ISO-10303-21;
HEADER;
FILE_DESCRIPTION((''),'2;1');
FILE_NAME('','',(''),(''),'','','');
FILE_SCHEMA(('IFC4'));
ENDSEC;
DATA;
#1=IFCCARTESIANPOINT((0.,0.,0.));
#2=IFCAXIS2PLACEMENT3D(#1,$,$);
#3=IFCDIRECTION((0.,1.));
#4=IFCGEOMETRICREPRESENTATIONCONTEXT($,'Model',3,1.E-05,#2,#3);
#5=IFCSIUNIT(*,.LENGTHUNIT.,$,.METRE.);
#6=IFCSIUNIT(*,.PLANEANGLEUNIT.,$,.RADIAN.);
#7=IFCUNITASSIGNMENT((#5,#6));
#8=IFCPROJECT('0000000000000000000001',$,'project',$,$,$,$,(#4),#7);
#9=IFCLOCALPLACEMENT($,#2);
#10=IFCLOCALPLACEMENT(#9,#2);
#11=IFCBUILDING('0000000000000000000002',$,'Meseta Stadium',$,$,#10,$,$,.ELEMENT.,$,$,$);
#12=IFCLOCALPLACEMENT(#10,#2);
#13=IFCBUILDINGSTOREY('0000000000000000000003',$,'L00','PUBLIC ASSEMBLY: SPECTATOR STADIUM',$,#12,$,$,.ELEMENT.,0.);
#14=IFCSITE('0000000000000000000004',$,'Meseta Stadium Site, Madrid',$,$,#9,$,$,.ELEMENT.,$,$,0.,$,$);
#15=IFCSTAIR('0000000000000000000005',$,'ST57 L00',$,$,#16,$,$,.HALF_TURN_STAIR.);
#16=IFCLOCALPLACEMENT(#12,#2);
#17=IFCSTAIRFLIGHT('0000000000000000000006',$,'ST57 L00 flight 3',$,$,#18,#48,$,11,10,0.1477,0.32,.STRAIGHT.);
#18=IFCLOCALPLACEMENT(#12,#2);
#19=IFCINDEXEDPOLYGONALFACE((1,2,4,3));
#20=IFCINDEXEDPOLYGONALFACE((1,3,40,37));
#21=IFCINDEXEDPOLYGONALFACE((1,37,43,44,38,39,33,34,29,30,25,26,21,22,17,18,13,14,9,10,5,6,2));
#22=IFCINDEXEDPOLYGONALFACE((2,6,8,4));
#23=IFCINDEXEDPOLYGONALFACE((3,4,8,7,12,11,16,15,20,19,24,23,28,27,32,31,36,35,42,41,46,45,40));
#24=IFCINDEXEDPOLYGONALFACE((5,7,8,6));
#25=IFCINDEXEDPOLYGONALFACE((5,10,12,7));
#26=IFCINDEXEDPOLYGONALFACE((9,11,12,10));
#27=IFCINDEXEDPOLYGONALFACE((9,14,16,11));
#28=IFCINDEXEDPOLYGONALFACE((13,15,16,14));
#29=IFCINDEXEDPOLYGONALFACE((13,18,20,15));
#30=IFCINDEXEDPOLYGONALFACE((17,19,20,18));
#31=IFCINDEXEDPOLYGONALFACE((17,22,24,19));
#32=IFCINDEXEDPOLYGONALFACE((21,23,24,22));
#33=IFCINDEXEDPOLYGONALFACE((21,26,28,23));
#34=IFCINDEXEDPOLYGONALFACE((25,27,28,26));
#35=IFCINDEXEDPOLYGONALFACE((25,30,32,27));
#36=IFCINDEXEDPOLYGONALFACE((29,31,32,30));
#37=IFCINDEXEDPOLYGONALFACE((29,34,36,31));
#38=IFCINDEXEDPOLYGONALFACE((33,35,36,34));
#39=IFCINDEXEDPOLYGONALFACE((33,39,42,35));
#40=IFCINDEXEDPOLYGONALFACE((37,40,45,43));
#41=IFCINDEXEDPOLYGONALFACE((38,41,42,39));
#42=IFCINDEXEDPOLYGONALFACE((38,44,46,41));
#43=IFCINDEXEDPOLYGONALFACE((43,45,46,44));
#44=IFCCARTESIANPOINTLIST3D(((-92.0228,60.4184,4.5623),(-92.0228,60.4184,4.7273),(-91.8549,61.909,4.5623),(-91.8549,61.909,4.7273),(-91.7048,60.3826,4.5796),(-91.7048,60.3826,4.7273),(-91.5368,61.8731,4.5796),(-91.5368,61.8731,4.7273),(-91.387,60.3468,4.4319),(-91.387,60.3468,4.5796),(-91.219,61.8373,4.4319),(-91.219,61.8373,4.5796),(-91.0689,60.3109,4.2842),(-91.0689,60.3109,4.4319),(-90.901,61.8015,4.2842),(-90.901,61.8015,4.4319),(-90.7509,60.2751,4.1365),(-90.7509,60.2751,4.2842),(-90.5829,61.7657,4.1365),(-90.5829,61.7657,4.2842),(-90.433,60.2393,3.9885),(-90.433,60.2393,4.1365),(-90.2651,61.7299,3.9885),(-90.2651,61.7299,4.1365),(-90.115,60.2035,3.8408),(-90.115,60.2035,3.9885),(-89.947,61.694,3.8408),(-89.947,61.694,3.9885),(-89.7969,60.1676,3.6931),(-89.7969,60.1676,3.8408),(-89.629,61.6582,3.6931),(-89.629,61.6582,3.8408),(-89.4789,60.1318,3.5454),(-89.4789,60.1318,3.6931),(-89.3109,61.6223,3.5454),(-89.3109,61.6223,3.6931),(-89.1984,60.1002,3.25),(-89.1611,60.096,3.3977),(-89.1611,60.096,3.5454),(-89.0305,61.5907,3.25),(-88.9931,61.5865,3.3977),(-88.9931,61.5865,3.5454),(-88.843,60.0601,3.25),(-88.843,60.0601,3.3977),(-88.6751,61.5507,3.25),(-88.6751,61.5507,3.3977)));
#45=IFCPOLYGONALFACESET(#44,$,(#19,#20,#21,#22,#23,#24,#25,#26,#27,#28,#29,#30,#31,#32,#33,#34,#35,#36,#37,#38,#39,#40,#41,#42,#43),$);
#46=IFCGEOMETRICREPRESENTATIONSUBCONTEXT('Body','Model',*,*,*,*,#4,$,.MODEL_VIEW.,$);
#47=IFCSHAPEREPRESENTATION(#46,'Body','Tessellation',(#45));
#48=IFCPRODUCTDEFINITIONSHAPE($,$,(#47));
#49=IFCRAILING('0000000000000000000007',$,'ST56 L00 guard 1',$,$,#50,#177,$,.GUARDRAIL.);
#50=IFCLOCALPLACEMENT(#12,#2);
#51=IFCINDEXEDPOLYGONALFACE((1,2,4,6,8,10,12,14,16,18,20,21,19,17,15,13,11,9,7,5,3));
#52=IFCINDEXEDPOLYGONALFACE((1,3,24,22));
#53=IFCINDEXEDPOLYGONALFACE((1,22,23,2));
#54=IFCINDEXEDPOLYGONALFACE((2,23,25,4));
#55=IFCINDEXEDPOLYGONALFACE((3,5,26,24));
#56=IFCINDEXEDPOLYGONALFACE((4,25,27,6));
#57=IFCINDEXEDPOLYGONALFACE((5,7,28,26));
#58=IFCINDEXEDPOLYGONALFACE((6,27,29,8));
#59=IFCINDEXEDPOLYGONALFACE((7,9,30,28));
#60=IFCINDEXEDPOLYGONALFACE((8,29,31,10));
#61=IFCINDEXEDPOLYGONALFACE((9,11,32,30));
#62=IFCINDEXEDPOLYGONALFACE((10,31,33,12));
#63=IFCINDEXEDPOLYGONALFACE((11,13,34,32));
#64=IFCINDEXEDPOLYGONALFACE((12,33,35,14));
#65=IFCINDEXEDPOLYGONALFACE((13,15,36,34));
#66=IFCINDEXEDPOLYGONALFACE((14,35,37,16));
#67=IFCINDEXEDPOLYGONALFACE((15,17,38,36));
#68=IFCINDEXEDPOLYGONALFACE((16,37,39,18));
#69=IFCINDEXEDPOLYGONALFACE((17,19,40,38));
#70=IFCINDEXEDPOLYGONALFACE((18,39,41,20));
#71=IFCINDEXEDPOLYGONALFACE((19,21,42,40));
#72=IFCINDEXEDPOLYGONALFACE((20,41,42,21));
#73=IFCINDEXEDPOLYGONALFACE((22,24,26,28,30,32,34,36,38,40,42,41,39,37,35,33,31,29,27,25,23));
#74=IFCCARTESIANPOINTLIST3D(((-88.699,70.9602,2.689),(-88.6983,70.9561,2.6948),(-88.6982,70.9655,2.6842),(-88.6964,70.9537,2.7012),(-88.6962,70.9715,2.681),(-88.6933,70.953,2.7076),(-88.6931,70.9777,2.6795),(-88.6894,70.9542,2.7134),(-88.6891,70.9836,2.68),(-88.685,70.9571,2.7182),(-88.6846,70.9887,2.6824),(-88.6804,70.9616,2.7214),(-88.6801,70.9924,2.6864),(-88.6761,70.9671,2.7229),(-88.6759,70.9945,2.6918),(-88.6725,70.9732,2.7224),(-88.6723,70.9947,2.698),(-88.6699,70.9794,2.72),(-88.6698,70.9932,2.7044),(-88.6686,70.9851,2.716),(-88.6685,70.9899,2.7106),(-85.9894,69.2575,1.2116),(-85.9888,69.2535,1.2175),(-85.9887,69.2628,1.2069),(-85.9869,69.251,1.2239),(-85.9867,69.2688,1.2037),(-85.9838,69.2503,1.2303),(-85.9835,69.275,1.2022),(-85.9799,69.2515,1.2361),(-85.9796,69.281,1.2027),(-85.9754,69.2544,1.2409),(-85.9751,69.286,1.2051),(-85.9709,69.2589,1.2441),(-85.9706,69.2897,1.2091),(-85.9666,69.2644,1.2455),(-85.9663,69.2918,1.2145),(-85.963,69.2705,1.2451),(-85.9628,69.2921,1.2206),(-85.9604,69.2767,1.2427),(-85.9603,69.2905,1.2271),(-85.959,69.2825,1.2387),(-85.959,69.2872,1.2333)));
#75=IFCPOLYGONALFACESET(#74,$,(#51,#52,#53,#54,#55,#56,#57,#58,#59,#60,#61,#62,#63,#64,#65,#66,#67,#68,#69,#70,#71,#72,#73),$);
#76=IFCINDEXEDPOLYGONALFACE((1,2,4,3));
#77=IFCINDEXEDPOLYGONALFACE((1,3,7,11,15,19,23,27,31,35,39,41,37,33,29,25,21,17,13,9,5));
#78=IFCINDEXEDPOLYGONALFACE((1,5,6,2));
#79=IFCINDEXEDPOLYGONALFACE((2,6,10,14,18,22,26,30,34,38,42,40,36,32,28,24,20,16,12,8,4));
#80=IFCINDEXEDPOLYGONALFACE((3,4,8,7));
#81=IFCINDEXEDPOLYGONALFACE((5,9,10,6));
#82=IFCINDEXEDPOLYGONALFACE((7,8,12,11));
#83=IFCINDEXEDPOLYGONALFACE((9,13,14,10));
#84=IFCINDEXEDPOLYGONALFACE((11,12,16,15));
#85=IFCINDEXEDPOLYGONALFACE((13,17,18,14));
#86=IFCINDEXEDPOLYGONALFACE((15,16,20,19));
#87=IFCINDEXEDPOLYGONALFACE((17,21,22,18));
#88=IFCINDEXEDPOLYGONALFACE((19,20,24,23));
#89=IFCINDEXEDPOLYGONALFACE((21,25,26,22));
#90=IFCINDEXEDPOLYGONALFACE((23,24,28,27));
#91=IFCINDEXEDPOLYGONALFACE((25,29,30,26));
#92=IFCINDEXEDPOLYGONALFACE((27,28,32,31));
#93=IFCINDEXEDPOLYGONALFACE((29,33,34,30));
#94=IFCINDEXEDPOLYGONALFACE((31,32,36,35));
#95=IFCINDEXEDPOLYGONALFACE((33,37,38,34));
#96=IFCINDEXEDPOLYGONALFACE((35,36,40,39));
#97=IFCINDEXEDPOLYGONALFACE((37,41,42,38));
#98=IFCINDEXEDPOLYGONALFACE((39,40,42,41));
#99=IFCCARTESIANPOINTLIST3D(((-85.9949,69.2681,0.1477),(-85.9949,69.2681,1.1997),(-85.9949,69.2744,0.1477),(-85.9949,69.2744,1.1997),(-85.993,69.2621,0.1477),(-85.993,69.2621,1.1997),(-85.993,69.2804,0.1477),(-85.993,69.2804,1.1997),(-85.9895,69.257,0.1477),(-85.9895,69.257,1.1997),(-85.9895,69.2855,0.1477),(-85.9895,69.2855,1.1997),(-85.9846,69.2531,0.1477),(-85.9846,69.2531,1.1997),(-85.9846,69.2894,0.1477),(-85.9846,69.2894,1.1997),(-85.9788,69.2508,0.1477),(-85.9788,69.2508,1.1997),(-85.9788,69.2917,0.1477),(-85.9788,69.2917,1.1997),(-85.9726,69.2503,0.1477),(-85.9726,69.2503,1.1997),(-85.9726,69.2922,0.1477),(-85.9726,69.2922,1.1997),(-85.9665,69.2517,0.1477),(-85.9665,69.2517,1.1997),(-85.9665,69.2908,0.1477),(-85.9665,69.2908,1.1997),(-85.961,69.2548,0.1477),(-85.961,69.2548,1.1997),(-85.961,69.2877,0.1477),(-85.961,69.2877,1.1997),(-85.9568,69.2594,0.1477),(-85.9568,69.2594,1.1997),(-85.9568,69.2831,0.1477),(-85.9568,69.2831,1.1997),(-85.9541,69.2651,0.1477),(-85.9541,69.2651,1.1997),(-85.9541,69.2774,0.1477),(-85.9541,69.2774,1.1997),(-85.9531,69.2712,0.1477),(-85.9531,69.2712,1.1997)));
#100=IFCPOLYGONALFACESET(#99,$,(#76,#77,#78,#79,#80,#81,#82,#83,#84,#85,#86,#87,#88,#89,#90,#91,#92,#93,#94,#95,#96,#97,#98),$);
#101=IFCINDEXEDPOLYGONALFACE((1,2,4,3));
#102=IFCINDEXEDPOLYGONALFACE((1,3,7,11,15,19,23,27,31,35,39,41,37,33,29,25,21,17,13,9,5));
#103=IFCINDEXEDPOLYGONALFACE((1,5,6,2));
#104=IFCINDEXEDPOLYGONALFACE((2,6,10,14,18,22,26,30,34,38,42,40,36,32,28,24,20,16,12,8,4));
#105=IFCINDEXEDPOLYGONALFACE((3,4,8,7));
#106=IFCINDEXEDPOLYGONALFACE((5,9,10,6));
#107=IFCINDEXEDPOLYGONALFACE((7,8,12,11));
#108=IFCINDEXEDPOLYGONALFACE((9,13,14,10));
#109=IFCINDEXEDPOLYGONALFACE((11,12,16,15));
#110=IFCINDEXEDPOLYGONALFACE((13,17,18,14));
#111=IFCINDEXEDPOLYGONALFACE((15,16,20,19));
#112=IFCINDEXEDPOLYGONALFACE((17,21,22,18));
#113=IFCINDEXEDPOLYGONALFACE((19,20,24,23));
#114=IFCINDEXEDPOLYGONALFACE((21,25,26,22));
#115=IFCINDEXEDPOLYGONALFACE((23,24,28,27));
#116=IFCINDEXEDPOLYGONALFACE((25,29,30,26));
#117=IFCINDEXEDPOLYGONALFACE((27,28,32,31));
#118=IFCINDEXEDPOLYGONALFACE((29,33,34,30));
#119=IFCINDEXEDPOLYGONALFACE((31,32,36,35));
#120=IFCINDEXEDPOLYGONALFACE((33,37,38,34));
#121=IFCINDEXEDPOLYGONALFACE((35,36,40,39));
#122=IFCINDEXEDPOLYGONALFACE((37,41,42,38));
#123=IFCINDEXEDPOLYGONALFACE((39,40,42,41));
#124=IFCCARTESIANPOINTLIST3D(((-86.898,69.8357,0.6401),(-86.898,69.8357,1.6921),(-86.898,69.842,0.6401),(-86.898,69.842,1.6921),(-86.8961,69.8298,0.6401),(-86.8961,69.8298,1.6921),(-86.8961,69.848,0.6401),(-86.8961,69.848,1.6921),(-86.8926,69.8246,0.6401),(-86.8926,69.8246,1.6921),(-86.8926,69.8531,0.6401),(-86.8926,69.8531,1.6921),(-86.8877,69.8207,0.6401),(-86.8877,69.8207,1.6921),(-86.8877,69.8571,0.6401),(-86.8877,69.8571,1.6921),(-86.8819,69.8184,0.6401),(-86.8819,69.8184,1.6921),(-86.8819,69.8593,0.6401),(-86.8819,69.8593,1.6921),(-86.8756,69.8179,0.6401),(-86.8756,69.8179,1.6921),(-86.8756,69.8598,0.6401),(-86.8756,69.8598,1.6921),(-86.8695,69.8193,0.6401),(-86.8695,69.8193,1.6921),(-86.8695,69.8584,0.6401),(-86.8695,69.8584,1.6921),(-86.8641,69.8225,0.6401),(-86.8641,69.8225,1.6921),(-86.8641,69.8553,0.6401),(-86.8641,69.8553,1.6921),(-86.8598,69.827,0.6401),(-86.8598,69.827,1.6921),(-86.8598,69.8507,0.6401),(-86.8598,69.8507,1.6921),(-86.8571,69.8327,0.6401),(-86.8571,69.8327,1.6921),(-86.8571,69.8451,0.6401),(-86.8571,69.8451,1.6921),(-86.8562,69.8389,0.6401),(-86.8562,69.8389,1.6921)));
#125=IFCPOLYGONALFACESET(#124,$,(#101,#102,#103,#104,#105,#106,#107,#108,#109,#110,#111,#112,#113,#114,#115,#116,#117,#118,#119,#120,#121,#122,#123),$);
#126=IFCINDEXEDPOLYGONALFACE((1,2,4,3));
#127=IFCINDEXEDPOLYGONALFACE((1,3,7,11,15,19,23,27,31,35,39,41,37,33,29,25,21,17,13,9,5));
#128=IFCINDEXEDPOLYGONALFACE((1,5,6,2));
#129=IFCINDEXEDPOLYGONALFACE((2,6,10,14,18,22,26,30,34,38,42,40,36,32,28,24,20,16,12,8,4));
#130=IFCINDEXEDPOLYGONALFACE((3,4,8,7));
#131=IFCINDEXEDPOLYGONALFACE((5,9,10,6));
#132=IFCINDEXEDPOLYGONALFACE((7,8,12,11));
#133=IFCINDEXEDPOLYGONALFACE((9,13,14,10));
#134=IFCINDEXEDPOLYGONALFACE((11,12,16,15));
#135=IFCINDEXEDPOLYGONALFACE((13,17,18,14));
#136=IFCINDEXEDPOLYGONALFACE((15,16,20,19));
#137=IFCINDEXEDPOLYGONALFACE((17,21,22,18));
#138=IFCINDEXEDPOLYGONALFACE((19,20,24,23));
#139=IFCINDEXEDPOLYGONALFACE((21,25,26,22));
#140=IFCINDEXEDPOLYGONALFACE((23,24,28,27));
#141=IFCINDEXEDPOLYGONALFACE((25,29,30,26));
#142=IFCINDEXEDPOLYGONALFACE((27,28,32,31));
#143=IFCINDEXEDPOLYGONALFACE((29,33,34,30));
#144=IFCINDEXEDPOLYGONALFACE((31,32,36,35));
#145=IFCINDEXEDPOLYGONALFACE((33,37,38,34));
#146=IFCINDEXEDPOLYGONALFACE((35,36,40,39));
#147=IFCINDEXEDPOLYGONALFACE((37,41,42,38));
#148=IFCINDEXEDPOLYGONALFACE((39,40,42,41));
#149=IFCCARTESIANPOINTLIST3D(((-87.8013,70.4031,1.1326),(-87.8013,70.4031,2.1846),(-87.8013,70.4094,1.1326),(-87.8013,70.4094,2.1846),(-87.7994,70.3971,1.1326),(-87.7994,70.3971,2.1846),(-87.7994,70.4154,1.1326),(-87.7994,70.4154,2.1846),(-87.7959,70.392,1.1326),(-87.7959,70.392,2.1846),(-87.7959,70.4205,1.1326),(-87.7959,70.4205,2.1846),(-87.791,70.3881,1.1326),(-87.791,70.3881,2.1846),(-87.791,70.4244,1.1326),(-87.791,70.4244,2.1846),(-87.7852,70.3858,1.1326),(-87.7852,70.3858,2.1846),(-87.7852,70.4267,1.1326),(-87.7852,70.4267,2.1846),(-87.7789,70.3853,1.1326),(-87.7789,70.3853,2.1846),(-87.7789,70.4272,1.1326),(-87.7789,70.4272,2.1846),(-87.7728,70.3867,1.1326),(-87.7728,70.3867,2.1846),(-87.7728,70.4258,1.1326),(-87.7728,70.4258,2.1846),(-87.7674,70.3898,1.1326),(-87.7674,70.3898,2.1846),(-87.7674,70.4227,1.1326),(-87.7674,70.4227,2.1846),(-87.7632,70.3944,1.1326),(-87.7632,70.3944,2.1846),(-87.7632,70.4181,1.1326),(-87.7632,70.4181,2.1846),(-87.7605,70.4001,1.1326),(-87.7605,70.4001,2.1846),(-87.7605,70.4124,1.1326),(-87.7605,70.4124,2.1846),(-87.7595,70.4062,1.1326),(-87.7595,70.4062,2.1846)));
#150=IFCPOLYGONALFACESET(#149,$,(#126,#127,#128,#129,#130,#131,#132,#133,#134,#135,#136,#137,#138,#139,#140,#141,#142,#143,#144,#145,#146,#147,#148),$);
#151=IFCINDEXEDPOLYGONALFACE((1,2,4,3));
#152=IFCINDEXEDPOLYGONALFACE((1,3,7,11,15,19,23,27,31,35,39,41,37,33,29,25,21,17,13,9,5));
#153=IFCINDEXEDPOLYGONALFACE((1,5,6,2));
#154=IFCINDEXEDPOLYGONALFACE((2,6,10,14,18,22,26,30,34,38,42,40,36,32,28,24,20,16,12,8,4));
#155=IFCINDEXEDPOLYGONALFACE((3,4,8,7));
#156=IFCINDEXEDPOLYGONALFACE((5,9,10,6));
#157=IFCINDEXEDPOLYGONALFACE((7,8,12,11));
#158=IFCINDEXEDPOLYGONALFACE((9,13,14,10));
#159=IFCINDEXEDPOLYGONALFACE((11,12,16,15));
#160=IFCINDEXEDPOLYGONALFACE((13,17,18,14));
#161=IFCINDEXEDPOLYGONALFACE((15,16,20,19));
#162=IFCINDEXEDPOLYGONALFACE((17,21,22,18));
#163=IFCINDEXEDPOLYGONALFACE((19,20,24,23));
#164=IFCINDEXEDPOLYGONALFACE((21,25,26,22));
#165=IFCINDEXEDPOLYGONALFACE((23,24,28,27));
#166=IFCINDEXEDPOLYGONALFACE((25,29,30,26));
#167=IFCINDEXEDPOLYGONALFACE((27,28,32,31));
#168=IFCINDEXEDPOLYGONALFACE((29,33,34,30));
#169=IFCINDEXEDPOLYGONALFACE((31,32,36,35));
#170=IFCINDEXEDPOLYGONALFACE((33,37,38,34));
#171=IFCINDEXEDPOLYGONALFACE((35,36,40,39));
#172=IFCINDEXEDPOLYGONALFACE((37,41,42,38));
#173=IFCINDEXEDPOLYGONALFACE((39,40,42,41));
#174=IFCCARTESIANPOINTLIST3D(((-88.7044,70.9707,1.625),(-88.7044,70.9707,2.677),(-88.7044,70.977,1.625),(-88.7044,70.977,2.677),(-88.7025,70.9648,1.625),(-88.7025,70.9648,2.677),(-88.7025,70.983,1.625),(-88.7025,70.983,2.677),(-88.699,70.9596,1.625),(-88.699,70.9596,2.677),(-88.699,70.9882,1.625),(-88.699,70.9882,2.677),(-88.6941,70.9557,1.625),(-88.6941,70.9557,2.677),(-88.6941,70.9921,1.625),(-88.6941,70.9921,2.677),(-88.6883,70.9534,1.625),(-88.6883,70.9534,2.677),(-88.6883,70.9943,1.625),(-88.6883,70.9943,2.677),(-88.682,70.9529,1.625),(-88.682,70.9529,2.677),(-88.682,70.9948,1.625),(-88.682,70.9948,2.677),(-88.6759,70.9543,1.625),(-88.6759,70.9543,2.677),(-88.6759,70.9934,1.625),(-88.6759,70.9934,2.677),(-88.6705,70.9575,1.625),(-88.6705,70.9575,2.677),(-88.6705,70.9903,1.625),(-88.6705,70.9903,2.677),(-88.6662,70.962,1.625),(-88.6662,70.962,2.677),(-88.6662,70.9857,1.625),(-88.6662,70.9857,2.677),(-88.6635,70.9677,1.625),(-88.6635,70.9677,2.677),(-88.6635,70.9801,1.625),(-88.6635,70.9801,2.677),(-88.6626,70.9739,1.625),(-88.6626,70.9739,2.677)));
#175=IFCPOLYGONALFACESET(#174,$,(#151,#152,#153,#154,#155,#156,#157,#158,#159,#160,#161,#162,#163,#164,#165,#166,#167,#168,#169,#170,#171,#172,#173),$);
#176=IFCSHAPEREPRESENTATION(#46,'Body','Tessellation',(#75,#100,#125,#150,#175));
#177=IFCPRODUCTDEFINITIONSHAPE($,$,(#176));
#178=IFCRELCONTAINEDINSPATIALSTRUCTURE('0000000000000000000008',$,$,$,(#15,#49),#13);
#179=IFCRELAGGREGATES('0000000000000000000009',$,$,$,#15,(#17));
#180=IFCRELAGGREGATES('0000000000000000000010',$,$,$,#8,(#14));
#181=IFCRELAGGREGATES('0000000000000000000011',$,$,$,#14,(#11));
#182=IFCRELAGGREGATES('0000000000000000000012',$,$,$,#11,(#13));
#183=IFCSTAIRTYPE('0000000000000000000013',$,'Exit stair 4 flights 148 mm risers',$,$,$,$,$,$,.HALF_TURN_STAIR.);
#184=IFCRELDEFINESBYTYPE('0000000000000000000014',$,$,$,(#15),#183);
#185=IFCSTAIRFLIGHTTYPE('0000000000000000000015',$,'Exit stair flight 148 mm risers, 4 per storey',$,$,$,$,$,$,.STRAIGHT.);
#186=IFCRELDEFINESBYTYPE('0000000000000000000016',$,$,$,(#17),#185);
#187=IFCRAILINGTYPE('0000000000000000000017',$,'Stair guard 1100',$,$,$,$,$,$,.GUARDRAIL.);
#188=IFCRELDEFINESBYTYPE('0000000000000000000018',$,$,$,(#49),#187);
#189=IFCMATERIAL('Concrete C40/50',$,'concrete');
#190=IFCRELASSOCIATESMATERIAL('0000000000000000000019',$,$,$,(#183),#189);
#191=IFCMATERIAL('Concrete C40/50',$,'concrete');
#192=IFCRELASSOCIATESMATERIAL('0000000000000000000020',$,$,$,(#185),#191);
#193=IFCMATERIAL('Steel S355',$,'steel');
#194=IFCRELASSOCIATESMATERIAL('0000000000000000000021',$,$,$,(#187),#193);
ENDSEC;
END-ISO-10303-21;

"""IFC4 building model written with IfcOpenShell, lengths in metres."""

from ifc_helpers import new_model, si_unit, direction, frame, origin, origin_2d, place, context, subcontext, project, spatial, polyline, circle, outline, extrude, material, type_object, element, aggregate, save


model = new_model("IFC4")

# Units and contexts
model_context = context("Model", 3, precision=1e-05, world=origin(), true_north=direction((0.0, 1.0)))
body_context = subcontext(model_context, "Body", "Model", "MODEL_VIEW")
ifc_project = project(units=[si_unit("LENGTHUNIT", "METRE"), si_unit("PLANEANGLEUNIT", "RADIAN")], contexts=[model_context])

# Site, building, storey
site_placement = place(None, origin())
site = spatial("IfcSite", under=ifc_project, at=site_placement, Name="Meseta Stadium Site, Madrid", CompositionType="ELEMENT", RefElevation=0.0)
building_placement = place(site_placement, origin())
building = spatial("IfcBuilding", under=site, at=building_placement, Name="Meseta Stadium", CompositionType="ELEMENT")
storey_placement = place(building_placement, origin())
storey = spatial("IfcBuildingStorey", under=building, at=storey_placement, Name="L00", Description="PUBLIC ASSEMBLY: SPECTATOR STADIUM", CompositionType="ELEMENT", Elevation=0.0)

# Stair, stair flight
ifc_material_1 = material(Name="Concrete C40/50", Category="concrete")
stair_type = type_object("IfcStairType", Name="Exit stair 4 flights 148 mm risers", PredefinedType="HALF_TURN_STAIR", material=ifc_material_1)
ifc_material_2 = material(Name="Concrete C40/50", Category="concrete")
stair_flight_type = type_object("IfcStairFlightType", Name="Exit stair flight 148 mm risers, 4 per storey", PredefinedType="STRAIGHT", material=ifc_material_2)
stair_1_placement = place(storey_placement, origin())
stair_1 = element("IfcStair", 1, at=stair_1_placement, inside=storey, type_object=stair_type, Name="ST57 L00", PredefinedType="HALF_TURN_STAIR")
stair_flight_1_placement = place(storey_placement, frame((-88.759, 60.8054, 3.25), z_axis=(0.0, 0.0, 1.0), x_axis=(-0.993712, 0.111964, 0.0)))
stair_flight_1 = element("IfcStairFlight", 2, at=stair_flight_1_placement, type_object=stair_flight_type, Name="ST57 L00 flight 3", NumberOfRisers=11, NumberOfTreads=10, PredefinedType="STRAIGHT", RiserHeight=0.1477, TreadLength=0.32, context=body_context, shape_type="SweptSolid", body=[
    extrude(outline(polyline([(0.0, 0.0), (0.0, 0.1477), (0.3201, 0.1477), (0.3201, 0.2954), (0.6399, 0.2954), (0.6399, 0.4431), (0.96, 0.4431), (0.96, 0.5908), (1.28, 0.5908), (1.28, 0.7385), (1.6001, 0.7385), (1.6001, 0.8865), (1.9199, 0.8865), (1.9199, 1.0342), (2.24, 1.0342), (2.24, 1.1819), (2.5601, 1.1819), (2.5601, 1.3296), (2.8799, 1.3296), (2.8799, 1.4773), (3.2, 1.4773), (3.2, 1.3123), (0.3577, 0.0), (0.0, 0.0)])), frame((0.0, 0.75, 0.0), z_axis=(0.0, -1.0, 0.0), x_axis=(1.0, 0.0, 0.0)), (0.0, 0.0, 1.0), 1.5),
])
aggregate(stair_1, [stair_flight_1])

# Railing
ifc_material_3 = material(Name="Steel S355", Category="steel")
railing_type_1 = type_object("IfcRailingType", Name="Stair guard 1100", PredefinedType="GUARDRAIL", material=ifc_material_3)
railing_1_placement = place(storey_placement, frame((-85.9741, 69.2712, 0.1477)))
element("IfcRailing", 3, at=railing_1_placement, inside=storey, type_object=railing_type_1, Name="ST56 L00 guard 1", PredefinedType="GUARDRAIL", context=body_context, shape_type="SweptSolid", body=[
    extrude(circle(Radius=0.0239, at=origin_2d()), frame((0.0, 0.0, 1.0762), z_axis=(-0.768738, 0.483076, 0.419142), x_axis=(-0.532068, -0.846701, 0.0)), (0.0, 0.0, 1.0), 3.5247),
    extrude(circle(Radius=0.021, at=origin_2d()), origin(), (0.0, 0.0, 1.0), 1.052),
    extrude(circle(Radius=0.021, at=origin_2d()), frame((-0.9031, 0.5676, 0.4924)), (0.0, 0.0, 1.0), 1.052),
    extrude(circle(Radius=0.021, at=origin_2d()), frame((-1.8064, 1.135, 0.9849)), (0.0, 0.0, 1.0), 1.052),
    extrude(circle(Radius=0.021, at=origin_2d()), frame((-2.7095, 1.7026, 1.4773)), (0.0, 0.0, 1.0), 1.052),
])

save(model, "model.ifc")
